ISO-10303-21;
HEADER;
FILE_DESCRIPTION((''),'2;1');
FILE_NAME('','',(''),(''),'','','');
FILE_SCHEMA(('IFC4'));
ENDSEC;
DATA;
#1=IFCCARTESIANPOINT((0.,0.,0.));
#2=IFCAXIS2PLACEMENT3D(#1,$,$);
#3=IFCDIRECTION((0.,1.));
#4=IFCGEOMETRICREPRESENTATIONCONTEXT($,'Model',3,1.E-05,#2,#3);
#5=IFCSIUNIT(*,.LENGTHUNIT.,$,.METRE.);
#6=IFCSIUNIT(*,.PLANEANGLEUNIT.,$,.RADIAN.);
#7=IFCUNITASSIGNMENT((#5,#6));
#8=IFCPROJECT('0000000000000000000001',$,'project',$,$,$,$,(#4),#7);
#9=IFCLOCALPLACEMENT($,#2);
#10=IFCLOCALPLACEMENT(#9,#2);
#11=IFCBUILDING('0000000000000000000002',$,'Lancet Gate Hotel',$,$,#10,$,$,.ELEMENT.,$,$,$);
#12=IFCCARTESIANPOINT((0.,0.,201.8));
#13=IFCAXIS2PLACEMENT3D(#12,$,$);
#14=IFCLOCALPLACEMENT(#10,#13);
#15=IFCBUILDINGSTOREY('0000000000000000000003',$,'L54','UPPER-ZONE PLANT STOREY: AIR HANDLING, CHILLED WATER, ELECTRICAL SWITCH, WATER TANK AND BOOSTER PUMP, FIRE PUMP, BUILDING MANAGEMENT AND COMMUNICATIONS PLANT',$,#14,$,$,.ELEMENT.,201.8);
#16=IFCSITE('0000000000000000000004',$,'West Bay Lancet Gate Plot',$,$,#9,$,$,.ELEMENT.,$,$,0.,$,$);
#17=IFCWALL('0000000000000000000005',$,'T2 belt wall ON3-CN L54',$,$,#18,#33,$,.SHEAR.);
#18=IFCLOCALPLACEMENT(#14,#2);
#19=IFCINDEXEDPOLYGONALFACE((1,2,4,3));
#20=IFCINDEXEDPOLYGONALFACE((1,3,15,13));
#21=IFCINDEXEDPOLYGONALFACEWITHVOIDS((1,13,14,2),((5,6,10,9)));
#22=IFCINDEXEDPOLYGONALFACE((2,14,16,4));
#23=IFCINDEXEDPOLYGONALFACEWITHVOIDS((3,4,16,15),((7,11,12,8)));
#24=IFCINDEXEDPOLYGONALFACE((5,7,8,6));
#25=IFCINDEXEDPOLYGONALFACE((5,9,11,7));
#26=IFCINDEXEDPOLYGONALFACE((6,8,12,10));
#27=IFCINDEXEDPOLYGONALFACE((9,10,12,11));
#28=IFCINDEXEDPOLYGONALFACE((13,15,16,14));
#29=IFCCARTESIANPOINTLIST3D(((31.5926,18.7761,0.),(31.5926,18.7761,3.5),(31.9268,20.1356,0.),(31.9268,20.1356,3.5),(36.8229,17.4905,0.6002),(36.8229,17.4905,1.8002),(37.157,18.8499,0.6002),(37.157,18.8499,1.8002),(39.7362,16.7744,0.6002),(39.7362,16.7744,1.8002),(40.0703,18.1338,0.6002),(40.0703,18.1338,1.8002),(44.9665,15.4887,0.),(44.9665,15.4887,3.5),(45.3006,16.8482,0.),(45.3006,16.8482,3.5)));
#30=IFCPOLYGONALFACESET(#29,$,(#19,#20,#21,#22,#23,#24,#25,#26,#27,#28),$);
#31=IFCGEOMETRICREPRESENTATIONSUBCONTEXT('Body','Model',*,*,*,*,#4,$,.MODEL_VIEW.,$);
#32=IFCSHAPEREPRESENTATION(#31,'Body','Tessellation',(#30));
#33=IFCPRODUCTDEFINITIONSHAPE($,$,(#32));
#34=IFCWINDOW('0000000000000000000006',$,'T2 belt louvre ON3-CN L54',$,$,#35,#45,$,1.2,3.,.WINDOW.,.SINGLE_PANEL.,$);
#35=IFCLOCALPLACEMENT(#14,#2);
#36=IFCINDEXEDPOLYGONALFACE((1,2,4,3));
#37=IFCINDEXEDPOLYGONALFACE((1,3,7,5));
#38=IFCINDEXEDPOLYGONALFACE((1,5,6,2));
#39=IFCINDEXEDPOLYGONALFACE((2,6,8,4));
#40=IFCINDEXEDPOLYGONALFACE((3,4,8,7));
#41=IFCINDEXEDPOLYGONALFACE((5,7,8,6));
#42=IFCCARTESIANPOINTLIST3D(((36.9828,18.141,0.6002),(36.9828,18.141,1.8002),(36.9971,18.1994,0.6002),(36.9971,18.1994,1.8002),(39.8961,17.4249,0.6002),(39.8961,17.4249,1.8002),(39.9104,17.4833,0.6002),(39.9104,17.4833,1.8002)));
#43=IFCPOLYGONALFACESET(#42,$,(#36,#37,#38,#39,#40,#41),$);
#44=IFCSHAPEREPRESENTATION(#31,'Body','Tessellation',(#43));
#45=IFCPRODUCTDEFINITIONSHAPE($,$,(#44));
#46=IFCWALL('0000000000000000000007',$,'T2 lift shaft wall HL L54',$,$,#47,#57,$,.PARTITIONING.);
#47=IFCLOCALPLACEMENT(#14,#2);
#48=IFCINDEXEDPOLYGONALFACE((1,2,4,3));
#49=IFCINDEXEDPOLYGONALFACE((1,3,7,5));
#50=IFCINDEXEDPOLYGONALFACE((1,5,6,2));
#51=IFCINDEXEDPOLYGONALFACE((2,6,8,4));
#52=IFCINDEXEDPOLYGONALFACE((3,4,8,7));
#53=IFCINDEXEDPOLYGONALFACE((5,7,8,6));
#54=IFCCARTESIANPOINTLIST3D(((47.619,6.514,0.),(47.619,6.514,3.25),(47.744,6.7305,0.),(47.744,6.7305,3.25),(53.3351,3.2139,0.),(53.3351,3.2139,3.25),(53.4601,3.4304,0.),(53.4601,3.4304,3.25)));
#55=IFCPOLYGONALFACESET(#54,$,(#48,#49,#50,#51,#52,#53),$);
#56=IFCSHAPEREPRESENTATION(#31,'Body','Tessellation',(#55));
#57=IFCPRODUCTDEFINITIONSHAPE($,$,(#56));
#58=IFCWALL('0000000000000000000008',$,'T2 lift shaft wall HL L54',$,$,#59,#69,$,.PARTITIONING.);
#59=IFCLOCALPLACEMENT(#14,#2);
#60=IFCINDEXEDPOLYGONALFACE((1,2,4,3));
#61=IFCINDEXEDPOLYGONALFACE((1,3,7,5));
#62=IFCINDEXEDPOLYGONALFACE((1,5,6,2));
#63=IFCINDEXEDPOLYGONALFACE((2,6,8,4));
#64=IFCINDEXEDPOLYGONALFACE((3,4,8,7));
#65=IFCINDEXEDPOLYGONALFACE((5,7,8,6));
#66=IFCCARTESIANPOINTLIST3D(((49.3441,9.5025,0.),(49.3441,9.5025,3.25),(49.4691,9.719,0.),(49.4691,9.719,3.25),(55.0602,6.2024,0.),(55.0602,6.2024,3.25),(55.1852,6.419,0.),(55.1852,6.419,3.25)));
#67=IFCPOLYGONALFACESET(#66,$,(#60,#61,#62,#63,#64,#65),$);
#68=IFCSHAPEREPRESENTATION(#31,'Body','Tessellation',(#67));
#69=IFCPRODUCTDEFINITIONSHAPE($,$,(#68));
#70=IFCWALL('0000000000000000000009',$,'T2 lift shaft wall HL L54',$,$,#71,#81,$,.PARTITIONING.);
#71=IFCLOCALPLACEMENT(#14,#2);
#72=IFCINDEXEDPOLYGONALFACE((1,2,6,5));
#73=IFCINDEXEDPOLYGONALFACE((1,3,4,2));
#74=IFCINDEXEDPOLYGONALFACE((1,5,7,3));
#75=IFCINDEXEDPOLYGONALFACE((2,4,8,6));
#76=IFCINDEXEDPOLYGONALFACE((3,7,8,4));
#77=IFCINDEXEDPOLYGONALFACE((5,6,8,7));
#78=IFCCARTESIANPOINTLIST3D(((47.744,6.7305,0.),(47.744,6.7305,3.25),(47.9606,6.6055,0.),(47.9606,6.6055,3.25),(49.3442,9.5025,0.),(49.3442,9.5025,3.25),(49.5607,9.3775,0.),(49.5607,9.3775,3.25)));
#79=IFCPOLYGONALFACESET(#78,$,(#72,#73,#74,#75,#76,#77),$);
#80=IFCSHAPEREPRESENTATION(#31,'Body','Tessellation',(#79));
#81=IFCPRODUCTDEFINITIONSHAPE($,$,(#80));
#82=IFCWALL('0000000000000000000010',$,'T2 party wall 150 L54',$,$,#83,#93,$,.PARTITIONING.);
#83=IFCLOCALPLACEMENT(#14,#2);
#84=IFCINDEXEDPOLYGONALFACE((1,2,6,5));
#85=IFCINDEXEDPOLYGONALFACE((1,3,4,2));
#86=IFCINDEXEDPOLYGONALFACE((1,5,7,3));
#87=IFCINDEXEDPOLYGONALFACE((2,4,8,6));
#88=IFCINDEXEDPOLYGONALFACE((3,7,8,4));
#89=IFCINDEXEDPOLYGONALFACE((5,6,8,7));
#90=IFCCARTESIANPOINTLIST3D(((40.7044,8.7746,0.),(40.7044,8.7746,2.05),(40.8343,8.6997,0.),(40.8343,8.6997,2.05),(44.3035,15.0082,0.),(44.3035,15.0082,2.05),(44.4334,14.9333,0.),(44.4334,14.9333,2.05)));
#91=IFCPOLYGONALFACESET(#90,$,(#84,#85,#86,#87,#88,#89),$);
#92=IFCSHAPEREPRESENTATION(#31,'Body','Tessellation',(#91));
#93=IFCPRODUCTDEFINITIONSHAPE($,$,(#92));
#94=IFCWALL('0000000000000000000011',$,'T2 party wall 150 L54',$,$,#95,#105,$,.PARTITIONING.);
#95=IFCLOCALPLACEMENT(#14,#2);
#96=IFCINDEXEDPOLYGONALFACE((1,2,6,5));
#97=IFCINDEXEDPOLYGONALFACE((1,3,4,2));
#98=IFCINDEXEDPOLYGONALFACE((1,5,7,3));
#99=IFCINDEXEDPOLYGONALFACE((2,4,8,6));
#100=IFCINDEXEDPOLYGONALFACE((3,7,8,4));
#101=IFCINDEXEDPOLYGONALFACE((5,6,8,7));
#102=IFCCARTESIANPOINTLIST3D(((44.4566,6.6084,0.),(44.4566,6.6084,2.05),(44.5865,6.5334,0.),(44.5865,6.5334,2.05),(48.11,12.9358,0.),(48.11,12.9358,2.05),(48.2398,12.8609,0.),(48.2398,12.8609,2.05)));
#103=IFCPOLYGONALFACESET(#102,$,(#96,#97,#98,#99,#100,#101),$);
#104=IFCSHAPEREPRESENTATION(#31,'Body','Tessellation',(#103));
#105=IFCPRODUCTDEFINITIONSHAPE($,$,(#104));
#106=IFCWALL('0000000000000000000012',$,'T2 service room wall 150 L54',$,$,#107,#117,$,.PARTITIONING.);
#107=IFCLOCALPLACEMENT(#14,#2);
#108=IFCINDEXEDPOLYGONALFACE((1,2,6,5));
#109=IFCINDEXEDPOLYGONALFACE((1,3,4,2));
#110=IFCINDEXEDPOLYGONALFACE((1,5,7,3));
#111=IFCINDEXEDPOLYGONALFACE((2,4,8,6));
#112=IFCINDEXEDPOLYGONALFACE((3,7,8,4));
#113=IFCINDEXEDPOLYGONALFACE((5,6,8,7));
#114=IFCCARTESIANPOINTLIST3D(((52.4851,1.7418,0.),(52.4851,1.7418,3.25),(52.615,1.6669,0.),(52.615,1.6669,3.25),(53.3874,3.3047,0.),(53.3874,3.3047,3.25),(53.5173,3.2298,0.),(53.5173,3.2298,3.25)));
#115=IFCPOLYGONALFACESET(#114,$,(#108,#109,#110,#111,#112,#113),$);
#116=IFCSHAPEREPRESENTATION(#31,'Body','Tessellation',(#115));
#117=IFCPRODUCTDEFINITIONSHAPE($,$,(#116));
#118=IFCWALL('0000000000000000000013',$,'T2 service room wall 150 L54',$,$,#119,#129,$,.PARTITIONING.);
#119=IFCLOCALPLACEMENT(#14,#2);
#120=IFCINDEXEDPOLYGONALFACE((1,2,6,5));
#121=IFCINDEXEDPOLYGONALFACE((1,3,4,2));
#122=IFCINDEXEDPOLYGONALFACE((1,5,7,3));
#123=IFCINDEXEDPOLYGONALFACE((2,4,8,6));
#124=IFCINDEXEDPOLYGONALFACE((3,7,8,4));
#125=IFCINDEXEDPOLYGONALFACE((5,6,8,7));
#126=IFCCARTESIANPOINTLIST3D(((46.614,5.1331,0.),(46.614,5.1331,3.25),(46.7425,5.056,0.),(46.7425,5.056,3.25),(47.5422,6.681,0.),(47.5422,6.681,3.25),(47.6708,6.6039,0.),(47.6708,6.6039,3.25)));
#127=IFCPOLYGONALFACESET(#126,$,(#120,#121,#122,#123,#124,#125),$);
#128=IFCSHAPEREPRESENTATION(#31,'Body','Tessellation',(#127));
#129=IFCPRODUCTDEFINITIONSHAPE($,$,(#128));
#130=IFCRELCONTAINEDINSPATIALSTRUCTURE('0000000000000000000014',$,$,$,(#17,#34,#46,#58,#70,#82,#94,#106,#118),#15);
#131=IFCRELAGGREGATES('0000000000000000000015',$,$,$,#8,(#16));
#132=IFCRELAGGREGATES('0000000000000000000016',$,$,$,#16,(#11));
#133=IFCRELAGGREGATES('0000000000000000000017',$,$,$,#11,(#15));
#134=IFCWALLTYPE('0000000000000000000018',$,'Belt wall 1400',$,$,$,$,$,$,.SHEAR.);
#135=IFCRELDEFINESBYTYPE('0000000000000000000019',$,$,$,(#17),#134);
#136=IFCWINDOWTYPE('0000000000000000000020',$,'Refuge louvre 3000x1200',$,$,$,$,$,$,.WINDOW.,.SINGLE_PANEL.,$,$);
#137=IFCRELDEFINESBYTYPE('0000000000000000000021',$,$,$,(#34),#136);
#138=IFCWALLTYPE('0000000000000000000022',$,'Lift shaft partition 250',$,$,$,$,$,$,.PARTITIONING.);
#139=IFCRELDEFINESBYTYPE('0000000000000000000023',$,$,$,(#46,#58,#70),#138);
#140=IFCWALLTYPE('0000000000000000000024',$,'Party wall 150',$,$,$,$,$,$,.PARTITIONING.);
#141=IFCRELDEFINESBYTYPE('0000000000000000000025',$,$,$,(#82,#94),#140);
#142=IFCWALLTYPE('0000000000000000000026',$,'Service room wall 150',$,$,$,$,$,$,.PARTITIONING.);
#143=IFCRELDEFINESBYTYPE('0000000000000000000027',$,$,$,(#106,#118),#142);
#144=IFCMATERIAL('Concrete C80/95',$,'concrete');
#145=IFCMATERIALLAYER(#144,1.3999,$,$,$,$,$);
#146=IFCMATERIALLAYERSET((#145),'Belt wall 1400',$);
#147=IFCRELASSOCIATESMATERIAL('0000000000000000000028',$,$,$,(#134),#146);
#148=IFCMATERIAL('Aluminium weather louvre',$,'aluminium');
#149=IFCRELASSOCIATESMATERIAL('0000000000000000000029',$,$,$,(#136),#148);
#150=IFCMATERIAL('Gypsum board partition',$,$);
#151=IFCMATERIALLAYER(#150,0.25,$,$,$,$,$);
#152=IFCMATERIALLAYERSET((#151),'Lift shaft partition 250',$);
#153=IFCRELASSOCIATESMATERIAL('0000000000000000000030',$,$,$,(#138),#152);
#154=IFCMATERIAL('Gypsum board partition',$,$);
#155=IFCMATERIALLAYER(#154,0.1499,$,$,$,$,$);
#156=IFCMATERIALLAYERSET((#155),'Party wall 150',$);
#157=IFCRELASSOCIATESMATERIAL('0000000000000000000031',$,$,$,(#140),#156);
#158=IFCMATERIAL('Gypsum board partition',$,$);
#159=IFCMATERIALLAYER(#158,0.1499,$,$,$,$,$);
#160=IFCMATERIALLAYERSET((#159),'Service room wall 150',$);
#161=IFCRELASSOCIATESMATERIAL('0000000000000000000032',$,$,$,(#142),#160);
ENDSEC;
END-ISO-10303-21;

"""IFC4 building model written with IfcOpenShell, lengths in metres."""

from ifc_helpers import new_model, si_unit, direction, frame, frame_2d, origin, place, context, subcontext, project, spatial, rectangle, extrude, material, layer, layer_set, type_object, element, fill, save


model = new_model("IFC4")

# Units and contexts
model_context = context("Model", 3, precision=1e-05, world=origin(), true_north=direction((0.0, 1.0)))
body_context = subcontext(model_context, "Body", "Model", "MODEL_VIEW")
ifc_project = project(units=[si_unit("LENGTHUNIT", "METRE"), si_unit("PLANEANGLEUNIT", "RADIAN")], contexts=[model_context])

# Site, building, storey
site_placement = place(None, origin())
site = spatial("IfcSite", under=ifc_project, at=site_placement, Name="West Bay Lancet Gate Plot", CompositionType="ELEMENT", RefElevation=0.0)
building_placement = place(site_placement, origin())
building = spatial("IfcBuilding", under=site, at=building_placement, Name="Lancet Gate Hotel", CompositionType="ELEMENT")
storey_placement = place(building_placement, frame((0.0, 0.0, 201.8)))
storey = spatial("IfcBuildingStorey", under=building, at=storey_placement, Name="L54", Description="UPPER-ZONE PLANT STOREY: AIR HANDLING, CHILLED WATER, ELECTRICAL SWITCH, WATER TANK AND BOOSTER PUMP, FIRE PUMP, BUILDING MANAGEMENT AND COMMUNICATIONS PLANT", CompositionType="ELEMENT", Elevation=201.8)

# Shared definitions
ifc_material_1 = material(Name="Concrete C80/95", Category="concrete")
ifc_layer_1 = layer(ifc_material_1, 1.3999)
ifc_layer_set_1 = layer_set([ifc_layer_1], Name="Belt wall 1400")
wall_type_1 = type_object("IfcWallType", Name="Belt wall 1400", PredefinedType="SHEAR", material=ifc_layer_set_1)

# Wall, opening, window
wall_1_placement = place(storey_placement, frame((45.1335, 16.1685, 0.0), z_axis=(0.0, 0.0, 1.0), x_axis=(-0.971093, 0.2387, 0.0)))
wall_1 = element("IfcWall", 1, at=wall_1_placement, inside=storey, type_object=wall_type_1, Name="T2 belt wall ON3-CN L54", PredefinedType="SHEAR", context=body_context, shape_type="SweptSolid", body=[
    extrude(rectangle(XDim=13.772, YDim=1.3999, at=frame_2d((6.886, 0.0))), origin(), (0.0, 0.0, 1.0), 3.5),
])
opening_placement = place(wall_1_placement, frame((5.386, 0.0, 0.6001)))
opening = element("IfcOpeningElement", 2, at=opening_placement, cuts=wall_1, PredefinedType="OPENING", context=body_context, shape_type="SweptSolid", body=[
    extrude(rectangle(XDim=3.0, YDim=1.2, at=frame_2d((1.5, 0.6001))), frame((0.0, 0.71, 0.0), z_axis=(0.0, -1.0, 0.0), x_axis=(1.0, 0.0, 0.0)), (0.0, 0.0, 1.0), 1.4199),
])
ifc_material_2 = material(Name="Aluminium weather louvre", Category="aluminium")
window_type = type_object("IfcWindowType", Name="Refuge louvre 3000x1200", PartitioningType="SINGLE_PANEL", PredefinedType="WINDOW", material=ifc_material_2)
window_placement = place(opening_placement, origin())
window = element("IfcWindow", 3, at=window_placement, inside=storey, type_object=window_type, Name="T2 belt louvre ON3-CN L54", OverallHeight=1.2, OverallWidth=3.0, PartitioningType="SINGLE_PANEL", PredefinedType="WINDOW", context=body_context, shape_type="SweptSolid", body=[
    extrude(rectangle(XDim=3.0, YDim=1.2, at=frame_2d((1.5, 0.6001))), frame((0.0, 0.03, 0.0), z_axis=(0.0, -1.0, 0.0), x_axis=(1.0, 0.0, 0.0)), (0.0, 0.0, 1.0), 0.0601),
])
fill(opening, window)

# Walls
ifc_material_3 = material(Name="Gypsum board partition")
ifc_layer_2 = layer(ifc_material_3, 0.25)
ifc_layer_set_2 = layer_set([ifc_layer_2], Name="Lift shaft partition 250")
wall_type_2 = type_object("IfcWallType", Name="Lift shaft partition 250", PredefinedType="PARTITIONING", material=ifc_layer_set_2)
for number, where, z_axis, x_axis, name in (
    (4, (47.6814, 6.6223, 0.0), (0.0, 0.0, 1.0), (0.866033, -0.499986, 0.0), "T2 lift shaft wall HL L54"),
    (5, (49.4065, 9.6108, 0.0), (0.0, 0.0, 1.0), (0.866033, -0.499986, 0.0), "T2 lift shaft wall HL L54"),
):
    element("IfcWall", number, at=place(storey_placement, frame(where, z_axis=z_axis, x_axis=x_axis)), inside=storey, type_object=wall_type_2, Name=name, PredefinedType="PARTITIONING", context=body_context, shape_type="SweptSolid", body=[
        extrude(rectangle(XDim=6.6003, YDim=0.25, at=frame_2d((3.3003, 0.0))), origin(), (0.0, 0.0, 1.0), 3.25),
    ])
wall_2_placement = place(storey_placement, frame((47.8523, 6.668, 0.0), z_axis=(0.0, 0.0, 1.0), x_axis=(0.499929, 0.866066, 0.0)))
element("IfcWall", 6, at=wall_2_placement, inside=storey, type_object=wall_type_2, Name="T2 lift shaft wall HL L54", PredefinedType="PARTITIONING", context=body_context, shape_type="SweptSolid", body=[
    extrude(rectangle(XDim=3.2007, YDim=0.25, at=frame_2d((1.6003, 0.0))), origin(), (0.0, 0.0, 1.0), 3.25),
])
ifc_material_4 = material(Name="Gypsum board partition")
ifc_layer_3 = layer(ifc_material_4, 0.1499)
ifc_layer_set_3 = layer_set([ifc_layer_3], Name="Party wall 150")
wall_type_3 = type_object("IfcWallType", Name="Party wall 150", PredefinedType="PARTITIONING", material=ifc_layer_set_3)
wall_3_placement = place(storey_placement, frame((40.7693, 8.7371, 0.0), z_axis=(0.0, 0.0, 1.0), x_axis=(0.500013, 0.866018, 0.0)))
element("IfcWall", 7, at=wall_3_placement, inside=storey, type_object=wall_type_3, Name="T2 party wall 150 L54", PredefinedType="PARTITIONING", context=body_context, shape_type="SweptSolid", body=[
    extrude(rectangle(XDim=7.198, YDim=0.1499, at=frame_2d((3.5991, 0.0))), origin(), (0.0, 0.0, 1.0), 2.05),
])
wall_4_placement = place(storey_placement, frame((44.5215, 6.5708, 0.0), z_axis=(0.0, 0.0, 1.0), x_axis=(0.50002, 0.866014, 0.0)))
element("IfcWall", 8, at=wall_4_placement, inside=storey, type_object=wall_type_3, Name="T2 party wall 150 L54", PredefinedType="PARTITIONING", context=body_context, shape_type="SweptSolid", body=[
    extrude(rectangle(XDim=7.3064, YDim=0.1499, at=frame_2d((3.6533, 0.0))), origin(), (0.0, 0.0, 1.0), 2.05),
])
ifc_material_5 = material(Name="Gypsum board partition")
ifc_layer_4 = layer(ifc_material_5, 0.1499)
ifc_layer_set_4 = layer_set([ifc_layer_4], Name="Service room wall 150")
wall_type_4 = type_object("IfcWallType", Name="Service room wall 150", PredefinedType="PARTITIONING", material=ifc_layer_set_4)
wall_5_placement = place(storey_placement, frame((52.55, 1.7043, 0.0), z_axis=(0.0, 0.0, 1.0), x_axis=(0.49998, 0.866037, 0.0)))
element("IfcWall", 9, at=wall_5_placement, inside=storey, type_object=wall_type_4, Name="T2 service room wall 150 L54", PredefinedType="PARTITIONING", context=body_context, shape_type="SweptSolid", body=[
    extrude(rectangle(XDim=1.8047, YDim=0.1499, at=frame_2d((0.9023, 0.0))), origin(), (0.0, 0.0, 1.0), 3.25),
])
wall_6_placement = place(storey_placement, frame((47.6064, 6.6423, 0.0), z_axis=(0.0, 0.0, 1.0), x_axis=(-0.514297, -0.857612, 0.0)))
element("IfcWall", 10, at=wall_6_placement, inside=storey, type_object=wall_type_4, Name="T2 service room wall 150 L54", PredefinedType="PARTITIONING", context=body_context, shape_type="SweptSolid", body=[
    extrude(rectangle(XDim=1.8049, YDim=0.1499, at=frame_2d((0.9023, 0.0))), origin(), (0.0, 0.0, 1.0), 3.25),
])

save(model, "model.ifc")
